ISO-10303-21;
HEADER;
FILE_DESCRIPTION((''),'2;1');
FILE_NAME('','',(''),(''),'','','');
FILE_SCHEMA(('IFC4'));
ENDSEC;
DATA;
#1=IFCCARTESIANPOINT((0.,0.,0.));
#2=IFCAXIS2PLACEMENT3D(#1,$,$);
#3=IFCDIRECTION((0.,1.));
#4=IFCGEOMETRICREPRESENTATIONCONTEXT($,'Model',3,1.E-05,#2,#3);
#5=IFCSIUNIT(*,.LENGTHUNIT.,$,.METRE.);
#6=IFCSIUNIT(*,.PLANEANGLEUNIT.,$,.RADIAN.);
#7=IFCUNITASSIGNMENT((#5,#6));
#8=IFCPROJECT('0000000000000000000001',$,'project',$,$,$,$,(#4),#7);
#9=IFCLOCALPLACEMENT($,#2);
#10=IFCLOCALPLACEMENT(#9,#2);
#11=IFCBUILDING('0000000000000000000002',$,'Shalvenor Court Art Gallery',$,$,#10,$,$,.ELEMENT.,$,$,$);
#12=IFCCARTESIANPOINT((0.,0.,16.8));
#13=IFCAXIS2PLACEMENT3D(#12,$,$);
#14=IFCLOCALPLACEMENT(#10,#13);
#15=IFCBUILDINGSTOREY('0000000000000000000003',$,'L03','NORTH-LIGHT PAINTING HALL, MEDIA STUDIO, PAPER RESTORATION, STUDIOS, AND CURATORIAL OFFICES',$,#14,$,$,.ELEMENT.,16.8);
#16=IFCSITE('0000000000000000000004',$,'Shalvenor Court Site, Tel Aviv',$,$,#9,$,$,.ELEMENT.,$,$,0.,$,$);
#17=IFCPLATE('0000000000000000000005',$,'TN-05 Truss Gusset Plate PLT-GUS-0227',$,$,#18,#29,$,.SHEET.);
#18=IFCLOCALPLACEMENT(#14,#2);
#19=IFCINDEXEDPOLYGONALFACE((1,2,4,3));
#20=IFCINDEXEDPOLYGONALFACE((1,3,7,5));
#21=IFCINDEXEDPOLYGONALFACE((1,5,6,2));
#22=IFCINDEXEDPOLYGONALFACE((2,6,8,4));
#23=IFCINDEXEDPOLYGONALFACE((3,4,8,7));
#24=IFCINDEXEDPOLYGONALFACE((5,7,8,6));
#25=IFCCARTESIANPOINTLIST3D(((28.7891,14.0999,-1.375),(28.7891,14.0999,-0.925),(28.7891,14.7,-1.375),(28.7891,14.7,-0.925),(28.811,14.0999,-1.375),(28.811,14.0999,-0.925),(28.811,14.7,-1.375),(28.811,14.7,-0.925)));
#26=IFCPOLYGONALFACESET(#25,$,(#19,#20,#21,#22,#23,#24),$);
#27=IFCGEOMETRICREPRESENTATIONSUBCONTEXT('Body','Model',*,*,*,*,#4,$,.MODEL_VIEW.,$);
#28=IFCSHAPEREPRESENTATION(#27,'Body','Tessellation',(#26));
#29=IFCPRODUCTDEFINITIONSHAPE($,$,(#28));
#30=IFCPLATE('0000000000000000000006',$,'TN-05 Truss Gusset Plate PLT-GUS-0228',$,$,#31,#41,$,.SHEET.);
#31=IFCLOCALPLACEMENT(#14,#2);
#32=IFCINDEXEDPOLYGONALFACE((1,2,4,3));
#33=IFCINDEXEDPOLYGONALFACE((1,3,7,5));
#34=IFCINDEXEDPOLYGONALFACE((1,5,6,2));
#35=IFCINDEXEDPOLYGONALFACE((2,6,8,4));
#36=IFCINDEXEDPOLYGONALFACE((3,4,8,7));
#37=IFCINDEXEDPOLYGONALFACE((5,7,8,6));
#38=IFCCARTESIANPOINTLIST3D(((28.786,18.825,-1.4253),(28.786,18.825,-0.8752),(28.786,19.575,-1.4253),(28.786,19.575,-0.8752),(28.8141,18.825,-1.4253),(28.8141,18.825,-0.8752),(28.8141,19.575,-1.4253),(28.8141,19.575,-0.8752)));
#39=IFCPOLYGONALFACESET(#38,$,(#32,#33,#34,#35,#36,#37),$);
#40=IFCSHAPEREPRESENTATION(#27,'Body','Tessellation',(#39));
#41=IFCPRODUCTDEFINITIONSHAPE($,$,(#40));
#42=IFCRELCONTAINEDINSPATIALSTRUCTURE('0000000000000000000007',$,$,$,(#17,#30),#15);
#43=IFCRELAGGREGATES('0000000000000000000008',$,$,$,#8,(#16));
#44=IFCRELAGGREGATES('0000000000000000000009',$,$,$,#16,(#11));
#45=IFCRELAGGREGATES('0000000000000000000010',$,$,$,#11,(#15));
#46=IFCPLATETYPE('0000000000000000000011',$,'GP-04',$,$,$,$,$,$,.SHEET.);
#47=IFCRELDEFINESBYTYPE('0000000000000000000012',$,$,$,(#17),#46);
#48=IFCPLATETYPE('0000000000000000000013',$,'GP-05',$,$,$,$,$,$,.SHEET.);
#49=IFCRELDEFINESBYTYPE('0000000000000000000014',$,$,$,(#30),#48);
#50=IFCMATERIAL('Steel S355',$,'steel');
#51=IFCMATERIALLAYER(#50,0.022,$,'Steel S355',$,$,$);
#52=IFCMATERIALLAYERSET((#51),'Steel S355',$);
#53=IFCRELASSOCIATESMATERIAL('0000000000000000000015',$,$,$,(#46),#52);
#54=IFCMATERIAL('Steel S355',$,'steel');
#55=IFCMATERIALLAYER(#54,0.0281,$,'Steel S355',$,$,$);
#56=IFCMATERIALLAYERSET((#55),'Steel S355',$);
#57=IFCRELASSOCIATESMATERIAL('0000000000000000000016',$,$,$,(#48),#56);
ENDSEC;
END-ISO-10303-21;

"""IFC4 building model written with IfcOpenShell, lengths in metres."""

from ifc_helpers import new_model, si_unit, direction, frame, origin, origin_2d, place, context, subcontext, project, spatial, rectangle, extrude, material, layer, layer_set, type_object, element, save


model = new_model("IFC4")

# Units and contexts
model_context = context("Model", 3, precision=1e-05, world=origin(), true_north=direction((0.0, 1.0)))
body_context = subcontext(model_context, "Body", "Model", "MODEL_VIEW")
ifc_project = project(units=[si_unit("LENGTHUNIT", "METRE"), si_unit("PLANEANGLEUNIT", "RADIAN")], contexts=[model_context])

# Site, building, storey
site_placement = place(None, origin())
site = spatial("IfcSite", under=ifc_project, at=site_placement, Name="Shalvenor Court Site, Tel Aviv", CompositionType="ELEMENT", RefElevation=0.0)
building_placement = place(site_placement, origin())
building = spatial("IfcBuilding", under=site, at=building_placement, Name="Shalvenor Court Art Gallery", CompositionType="ELEMENT")
storey_placement = place(building_placement, frame((0.0, 0.0, 16.8)))
storey = spatial("IfcBuildingStorey", under=building, at=storey_placement, Name="L03", Description="NORTH-LIGHT PAINTING HALL, MEDIA STUDIO, PAPER RESTORATION, STUDIOS, AND CURATORIAL OFFICES", CompositionType="ELEMENT", Elevation=16.8)

# Plates
ifc_material_1 = material(Name="Steel S355", Category="steel")
ifc_layer_1 = layer(ifc_material_1, 0.022, Name="Steel S355")
ifc_layer_set_1 = layer_set([ifc_layer_1], Name="Steel S355")
plate_type_1 = type_object("IfcPlateType", Name="GP-04", PredefinedType="SHEET", material=ifc_layer_set_1)
plate_1_placement = place(storey_placement, frame((28.8, 14.3999, -1.375), z_axis=(0.0, 0.0, 1.0), x_axis=(0.0, 1.0, 0.0)))
element("IfcPlate", 1, at=plate_1_placement, inside=storey, type_object=plate_type_1, Name="TN-05 Truss Gusset Plate PLT-GUS-0227", PredefinedType="SHEET", context=body_context, shape_type="SweptSolid", body=[
    extrude(rectangle(XDim=0.6001, YDim=0.022, at=origin_2d()), origin(), (0.0, 0.0, 1.0), 0.45),
])
ifc_material_2 = material(Name="Steel S355", Category="steel")
ifc_layer_2 = layer(ifc_material_2, 0.0281, Name="Steel S355")
ifc_layer_set_2 = layer_set([ifc_layer_2], Name="Steel S355")
plate_type_2 = type_object("IfcPlateType", Name="GP-05", PredefinedType="SHEET", material=ifc_layer_set_2)
plate_2_placement = place(storey_placement, frame((28.8, 19.2, -1.4253), z_axis=(0.0, 0.0, 1.0), x_axis=(0.0, 1.0, 0.0)))
element("IfcPlate", 2, at=plate_2_placement, inside=storey, type_object=plate_type_2, Name="TN-05 Truss Gusset Plate PLT-GUS-0228", PredefinedType="SHEET", context=body_context, shape_type="SweptSolid", body=[
    extrude(rectangle(XDim=0.75, YDim=0.0281, at=origin_2d()), origin(), (0.0, 0.0, 1.0), 0.55),
])

save(model, "model.ifc")
